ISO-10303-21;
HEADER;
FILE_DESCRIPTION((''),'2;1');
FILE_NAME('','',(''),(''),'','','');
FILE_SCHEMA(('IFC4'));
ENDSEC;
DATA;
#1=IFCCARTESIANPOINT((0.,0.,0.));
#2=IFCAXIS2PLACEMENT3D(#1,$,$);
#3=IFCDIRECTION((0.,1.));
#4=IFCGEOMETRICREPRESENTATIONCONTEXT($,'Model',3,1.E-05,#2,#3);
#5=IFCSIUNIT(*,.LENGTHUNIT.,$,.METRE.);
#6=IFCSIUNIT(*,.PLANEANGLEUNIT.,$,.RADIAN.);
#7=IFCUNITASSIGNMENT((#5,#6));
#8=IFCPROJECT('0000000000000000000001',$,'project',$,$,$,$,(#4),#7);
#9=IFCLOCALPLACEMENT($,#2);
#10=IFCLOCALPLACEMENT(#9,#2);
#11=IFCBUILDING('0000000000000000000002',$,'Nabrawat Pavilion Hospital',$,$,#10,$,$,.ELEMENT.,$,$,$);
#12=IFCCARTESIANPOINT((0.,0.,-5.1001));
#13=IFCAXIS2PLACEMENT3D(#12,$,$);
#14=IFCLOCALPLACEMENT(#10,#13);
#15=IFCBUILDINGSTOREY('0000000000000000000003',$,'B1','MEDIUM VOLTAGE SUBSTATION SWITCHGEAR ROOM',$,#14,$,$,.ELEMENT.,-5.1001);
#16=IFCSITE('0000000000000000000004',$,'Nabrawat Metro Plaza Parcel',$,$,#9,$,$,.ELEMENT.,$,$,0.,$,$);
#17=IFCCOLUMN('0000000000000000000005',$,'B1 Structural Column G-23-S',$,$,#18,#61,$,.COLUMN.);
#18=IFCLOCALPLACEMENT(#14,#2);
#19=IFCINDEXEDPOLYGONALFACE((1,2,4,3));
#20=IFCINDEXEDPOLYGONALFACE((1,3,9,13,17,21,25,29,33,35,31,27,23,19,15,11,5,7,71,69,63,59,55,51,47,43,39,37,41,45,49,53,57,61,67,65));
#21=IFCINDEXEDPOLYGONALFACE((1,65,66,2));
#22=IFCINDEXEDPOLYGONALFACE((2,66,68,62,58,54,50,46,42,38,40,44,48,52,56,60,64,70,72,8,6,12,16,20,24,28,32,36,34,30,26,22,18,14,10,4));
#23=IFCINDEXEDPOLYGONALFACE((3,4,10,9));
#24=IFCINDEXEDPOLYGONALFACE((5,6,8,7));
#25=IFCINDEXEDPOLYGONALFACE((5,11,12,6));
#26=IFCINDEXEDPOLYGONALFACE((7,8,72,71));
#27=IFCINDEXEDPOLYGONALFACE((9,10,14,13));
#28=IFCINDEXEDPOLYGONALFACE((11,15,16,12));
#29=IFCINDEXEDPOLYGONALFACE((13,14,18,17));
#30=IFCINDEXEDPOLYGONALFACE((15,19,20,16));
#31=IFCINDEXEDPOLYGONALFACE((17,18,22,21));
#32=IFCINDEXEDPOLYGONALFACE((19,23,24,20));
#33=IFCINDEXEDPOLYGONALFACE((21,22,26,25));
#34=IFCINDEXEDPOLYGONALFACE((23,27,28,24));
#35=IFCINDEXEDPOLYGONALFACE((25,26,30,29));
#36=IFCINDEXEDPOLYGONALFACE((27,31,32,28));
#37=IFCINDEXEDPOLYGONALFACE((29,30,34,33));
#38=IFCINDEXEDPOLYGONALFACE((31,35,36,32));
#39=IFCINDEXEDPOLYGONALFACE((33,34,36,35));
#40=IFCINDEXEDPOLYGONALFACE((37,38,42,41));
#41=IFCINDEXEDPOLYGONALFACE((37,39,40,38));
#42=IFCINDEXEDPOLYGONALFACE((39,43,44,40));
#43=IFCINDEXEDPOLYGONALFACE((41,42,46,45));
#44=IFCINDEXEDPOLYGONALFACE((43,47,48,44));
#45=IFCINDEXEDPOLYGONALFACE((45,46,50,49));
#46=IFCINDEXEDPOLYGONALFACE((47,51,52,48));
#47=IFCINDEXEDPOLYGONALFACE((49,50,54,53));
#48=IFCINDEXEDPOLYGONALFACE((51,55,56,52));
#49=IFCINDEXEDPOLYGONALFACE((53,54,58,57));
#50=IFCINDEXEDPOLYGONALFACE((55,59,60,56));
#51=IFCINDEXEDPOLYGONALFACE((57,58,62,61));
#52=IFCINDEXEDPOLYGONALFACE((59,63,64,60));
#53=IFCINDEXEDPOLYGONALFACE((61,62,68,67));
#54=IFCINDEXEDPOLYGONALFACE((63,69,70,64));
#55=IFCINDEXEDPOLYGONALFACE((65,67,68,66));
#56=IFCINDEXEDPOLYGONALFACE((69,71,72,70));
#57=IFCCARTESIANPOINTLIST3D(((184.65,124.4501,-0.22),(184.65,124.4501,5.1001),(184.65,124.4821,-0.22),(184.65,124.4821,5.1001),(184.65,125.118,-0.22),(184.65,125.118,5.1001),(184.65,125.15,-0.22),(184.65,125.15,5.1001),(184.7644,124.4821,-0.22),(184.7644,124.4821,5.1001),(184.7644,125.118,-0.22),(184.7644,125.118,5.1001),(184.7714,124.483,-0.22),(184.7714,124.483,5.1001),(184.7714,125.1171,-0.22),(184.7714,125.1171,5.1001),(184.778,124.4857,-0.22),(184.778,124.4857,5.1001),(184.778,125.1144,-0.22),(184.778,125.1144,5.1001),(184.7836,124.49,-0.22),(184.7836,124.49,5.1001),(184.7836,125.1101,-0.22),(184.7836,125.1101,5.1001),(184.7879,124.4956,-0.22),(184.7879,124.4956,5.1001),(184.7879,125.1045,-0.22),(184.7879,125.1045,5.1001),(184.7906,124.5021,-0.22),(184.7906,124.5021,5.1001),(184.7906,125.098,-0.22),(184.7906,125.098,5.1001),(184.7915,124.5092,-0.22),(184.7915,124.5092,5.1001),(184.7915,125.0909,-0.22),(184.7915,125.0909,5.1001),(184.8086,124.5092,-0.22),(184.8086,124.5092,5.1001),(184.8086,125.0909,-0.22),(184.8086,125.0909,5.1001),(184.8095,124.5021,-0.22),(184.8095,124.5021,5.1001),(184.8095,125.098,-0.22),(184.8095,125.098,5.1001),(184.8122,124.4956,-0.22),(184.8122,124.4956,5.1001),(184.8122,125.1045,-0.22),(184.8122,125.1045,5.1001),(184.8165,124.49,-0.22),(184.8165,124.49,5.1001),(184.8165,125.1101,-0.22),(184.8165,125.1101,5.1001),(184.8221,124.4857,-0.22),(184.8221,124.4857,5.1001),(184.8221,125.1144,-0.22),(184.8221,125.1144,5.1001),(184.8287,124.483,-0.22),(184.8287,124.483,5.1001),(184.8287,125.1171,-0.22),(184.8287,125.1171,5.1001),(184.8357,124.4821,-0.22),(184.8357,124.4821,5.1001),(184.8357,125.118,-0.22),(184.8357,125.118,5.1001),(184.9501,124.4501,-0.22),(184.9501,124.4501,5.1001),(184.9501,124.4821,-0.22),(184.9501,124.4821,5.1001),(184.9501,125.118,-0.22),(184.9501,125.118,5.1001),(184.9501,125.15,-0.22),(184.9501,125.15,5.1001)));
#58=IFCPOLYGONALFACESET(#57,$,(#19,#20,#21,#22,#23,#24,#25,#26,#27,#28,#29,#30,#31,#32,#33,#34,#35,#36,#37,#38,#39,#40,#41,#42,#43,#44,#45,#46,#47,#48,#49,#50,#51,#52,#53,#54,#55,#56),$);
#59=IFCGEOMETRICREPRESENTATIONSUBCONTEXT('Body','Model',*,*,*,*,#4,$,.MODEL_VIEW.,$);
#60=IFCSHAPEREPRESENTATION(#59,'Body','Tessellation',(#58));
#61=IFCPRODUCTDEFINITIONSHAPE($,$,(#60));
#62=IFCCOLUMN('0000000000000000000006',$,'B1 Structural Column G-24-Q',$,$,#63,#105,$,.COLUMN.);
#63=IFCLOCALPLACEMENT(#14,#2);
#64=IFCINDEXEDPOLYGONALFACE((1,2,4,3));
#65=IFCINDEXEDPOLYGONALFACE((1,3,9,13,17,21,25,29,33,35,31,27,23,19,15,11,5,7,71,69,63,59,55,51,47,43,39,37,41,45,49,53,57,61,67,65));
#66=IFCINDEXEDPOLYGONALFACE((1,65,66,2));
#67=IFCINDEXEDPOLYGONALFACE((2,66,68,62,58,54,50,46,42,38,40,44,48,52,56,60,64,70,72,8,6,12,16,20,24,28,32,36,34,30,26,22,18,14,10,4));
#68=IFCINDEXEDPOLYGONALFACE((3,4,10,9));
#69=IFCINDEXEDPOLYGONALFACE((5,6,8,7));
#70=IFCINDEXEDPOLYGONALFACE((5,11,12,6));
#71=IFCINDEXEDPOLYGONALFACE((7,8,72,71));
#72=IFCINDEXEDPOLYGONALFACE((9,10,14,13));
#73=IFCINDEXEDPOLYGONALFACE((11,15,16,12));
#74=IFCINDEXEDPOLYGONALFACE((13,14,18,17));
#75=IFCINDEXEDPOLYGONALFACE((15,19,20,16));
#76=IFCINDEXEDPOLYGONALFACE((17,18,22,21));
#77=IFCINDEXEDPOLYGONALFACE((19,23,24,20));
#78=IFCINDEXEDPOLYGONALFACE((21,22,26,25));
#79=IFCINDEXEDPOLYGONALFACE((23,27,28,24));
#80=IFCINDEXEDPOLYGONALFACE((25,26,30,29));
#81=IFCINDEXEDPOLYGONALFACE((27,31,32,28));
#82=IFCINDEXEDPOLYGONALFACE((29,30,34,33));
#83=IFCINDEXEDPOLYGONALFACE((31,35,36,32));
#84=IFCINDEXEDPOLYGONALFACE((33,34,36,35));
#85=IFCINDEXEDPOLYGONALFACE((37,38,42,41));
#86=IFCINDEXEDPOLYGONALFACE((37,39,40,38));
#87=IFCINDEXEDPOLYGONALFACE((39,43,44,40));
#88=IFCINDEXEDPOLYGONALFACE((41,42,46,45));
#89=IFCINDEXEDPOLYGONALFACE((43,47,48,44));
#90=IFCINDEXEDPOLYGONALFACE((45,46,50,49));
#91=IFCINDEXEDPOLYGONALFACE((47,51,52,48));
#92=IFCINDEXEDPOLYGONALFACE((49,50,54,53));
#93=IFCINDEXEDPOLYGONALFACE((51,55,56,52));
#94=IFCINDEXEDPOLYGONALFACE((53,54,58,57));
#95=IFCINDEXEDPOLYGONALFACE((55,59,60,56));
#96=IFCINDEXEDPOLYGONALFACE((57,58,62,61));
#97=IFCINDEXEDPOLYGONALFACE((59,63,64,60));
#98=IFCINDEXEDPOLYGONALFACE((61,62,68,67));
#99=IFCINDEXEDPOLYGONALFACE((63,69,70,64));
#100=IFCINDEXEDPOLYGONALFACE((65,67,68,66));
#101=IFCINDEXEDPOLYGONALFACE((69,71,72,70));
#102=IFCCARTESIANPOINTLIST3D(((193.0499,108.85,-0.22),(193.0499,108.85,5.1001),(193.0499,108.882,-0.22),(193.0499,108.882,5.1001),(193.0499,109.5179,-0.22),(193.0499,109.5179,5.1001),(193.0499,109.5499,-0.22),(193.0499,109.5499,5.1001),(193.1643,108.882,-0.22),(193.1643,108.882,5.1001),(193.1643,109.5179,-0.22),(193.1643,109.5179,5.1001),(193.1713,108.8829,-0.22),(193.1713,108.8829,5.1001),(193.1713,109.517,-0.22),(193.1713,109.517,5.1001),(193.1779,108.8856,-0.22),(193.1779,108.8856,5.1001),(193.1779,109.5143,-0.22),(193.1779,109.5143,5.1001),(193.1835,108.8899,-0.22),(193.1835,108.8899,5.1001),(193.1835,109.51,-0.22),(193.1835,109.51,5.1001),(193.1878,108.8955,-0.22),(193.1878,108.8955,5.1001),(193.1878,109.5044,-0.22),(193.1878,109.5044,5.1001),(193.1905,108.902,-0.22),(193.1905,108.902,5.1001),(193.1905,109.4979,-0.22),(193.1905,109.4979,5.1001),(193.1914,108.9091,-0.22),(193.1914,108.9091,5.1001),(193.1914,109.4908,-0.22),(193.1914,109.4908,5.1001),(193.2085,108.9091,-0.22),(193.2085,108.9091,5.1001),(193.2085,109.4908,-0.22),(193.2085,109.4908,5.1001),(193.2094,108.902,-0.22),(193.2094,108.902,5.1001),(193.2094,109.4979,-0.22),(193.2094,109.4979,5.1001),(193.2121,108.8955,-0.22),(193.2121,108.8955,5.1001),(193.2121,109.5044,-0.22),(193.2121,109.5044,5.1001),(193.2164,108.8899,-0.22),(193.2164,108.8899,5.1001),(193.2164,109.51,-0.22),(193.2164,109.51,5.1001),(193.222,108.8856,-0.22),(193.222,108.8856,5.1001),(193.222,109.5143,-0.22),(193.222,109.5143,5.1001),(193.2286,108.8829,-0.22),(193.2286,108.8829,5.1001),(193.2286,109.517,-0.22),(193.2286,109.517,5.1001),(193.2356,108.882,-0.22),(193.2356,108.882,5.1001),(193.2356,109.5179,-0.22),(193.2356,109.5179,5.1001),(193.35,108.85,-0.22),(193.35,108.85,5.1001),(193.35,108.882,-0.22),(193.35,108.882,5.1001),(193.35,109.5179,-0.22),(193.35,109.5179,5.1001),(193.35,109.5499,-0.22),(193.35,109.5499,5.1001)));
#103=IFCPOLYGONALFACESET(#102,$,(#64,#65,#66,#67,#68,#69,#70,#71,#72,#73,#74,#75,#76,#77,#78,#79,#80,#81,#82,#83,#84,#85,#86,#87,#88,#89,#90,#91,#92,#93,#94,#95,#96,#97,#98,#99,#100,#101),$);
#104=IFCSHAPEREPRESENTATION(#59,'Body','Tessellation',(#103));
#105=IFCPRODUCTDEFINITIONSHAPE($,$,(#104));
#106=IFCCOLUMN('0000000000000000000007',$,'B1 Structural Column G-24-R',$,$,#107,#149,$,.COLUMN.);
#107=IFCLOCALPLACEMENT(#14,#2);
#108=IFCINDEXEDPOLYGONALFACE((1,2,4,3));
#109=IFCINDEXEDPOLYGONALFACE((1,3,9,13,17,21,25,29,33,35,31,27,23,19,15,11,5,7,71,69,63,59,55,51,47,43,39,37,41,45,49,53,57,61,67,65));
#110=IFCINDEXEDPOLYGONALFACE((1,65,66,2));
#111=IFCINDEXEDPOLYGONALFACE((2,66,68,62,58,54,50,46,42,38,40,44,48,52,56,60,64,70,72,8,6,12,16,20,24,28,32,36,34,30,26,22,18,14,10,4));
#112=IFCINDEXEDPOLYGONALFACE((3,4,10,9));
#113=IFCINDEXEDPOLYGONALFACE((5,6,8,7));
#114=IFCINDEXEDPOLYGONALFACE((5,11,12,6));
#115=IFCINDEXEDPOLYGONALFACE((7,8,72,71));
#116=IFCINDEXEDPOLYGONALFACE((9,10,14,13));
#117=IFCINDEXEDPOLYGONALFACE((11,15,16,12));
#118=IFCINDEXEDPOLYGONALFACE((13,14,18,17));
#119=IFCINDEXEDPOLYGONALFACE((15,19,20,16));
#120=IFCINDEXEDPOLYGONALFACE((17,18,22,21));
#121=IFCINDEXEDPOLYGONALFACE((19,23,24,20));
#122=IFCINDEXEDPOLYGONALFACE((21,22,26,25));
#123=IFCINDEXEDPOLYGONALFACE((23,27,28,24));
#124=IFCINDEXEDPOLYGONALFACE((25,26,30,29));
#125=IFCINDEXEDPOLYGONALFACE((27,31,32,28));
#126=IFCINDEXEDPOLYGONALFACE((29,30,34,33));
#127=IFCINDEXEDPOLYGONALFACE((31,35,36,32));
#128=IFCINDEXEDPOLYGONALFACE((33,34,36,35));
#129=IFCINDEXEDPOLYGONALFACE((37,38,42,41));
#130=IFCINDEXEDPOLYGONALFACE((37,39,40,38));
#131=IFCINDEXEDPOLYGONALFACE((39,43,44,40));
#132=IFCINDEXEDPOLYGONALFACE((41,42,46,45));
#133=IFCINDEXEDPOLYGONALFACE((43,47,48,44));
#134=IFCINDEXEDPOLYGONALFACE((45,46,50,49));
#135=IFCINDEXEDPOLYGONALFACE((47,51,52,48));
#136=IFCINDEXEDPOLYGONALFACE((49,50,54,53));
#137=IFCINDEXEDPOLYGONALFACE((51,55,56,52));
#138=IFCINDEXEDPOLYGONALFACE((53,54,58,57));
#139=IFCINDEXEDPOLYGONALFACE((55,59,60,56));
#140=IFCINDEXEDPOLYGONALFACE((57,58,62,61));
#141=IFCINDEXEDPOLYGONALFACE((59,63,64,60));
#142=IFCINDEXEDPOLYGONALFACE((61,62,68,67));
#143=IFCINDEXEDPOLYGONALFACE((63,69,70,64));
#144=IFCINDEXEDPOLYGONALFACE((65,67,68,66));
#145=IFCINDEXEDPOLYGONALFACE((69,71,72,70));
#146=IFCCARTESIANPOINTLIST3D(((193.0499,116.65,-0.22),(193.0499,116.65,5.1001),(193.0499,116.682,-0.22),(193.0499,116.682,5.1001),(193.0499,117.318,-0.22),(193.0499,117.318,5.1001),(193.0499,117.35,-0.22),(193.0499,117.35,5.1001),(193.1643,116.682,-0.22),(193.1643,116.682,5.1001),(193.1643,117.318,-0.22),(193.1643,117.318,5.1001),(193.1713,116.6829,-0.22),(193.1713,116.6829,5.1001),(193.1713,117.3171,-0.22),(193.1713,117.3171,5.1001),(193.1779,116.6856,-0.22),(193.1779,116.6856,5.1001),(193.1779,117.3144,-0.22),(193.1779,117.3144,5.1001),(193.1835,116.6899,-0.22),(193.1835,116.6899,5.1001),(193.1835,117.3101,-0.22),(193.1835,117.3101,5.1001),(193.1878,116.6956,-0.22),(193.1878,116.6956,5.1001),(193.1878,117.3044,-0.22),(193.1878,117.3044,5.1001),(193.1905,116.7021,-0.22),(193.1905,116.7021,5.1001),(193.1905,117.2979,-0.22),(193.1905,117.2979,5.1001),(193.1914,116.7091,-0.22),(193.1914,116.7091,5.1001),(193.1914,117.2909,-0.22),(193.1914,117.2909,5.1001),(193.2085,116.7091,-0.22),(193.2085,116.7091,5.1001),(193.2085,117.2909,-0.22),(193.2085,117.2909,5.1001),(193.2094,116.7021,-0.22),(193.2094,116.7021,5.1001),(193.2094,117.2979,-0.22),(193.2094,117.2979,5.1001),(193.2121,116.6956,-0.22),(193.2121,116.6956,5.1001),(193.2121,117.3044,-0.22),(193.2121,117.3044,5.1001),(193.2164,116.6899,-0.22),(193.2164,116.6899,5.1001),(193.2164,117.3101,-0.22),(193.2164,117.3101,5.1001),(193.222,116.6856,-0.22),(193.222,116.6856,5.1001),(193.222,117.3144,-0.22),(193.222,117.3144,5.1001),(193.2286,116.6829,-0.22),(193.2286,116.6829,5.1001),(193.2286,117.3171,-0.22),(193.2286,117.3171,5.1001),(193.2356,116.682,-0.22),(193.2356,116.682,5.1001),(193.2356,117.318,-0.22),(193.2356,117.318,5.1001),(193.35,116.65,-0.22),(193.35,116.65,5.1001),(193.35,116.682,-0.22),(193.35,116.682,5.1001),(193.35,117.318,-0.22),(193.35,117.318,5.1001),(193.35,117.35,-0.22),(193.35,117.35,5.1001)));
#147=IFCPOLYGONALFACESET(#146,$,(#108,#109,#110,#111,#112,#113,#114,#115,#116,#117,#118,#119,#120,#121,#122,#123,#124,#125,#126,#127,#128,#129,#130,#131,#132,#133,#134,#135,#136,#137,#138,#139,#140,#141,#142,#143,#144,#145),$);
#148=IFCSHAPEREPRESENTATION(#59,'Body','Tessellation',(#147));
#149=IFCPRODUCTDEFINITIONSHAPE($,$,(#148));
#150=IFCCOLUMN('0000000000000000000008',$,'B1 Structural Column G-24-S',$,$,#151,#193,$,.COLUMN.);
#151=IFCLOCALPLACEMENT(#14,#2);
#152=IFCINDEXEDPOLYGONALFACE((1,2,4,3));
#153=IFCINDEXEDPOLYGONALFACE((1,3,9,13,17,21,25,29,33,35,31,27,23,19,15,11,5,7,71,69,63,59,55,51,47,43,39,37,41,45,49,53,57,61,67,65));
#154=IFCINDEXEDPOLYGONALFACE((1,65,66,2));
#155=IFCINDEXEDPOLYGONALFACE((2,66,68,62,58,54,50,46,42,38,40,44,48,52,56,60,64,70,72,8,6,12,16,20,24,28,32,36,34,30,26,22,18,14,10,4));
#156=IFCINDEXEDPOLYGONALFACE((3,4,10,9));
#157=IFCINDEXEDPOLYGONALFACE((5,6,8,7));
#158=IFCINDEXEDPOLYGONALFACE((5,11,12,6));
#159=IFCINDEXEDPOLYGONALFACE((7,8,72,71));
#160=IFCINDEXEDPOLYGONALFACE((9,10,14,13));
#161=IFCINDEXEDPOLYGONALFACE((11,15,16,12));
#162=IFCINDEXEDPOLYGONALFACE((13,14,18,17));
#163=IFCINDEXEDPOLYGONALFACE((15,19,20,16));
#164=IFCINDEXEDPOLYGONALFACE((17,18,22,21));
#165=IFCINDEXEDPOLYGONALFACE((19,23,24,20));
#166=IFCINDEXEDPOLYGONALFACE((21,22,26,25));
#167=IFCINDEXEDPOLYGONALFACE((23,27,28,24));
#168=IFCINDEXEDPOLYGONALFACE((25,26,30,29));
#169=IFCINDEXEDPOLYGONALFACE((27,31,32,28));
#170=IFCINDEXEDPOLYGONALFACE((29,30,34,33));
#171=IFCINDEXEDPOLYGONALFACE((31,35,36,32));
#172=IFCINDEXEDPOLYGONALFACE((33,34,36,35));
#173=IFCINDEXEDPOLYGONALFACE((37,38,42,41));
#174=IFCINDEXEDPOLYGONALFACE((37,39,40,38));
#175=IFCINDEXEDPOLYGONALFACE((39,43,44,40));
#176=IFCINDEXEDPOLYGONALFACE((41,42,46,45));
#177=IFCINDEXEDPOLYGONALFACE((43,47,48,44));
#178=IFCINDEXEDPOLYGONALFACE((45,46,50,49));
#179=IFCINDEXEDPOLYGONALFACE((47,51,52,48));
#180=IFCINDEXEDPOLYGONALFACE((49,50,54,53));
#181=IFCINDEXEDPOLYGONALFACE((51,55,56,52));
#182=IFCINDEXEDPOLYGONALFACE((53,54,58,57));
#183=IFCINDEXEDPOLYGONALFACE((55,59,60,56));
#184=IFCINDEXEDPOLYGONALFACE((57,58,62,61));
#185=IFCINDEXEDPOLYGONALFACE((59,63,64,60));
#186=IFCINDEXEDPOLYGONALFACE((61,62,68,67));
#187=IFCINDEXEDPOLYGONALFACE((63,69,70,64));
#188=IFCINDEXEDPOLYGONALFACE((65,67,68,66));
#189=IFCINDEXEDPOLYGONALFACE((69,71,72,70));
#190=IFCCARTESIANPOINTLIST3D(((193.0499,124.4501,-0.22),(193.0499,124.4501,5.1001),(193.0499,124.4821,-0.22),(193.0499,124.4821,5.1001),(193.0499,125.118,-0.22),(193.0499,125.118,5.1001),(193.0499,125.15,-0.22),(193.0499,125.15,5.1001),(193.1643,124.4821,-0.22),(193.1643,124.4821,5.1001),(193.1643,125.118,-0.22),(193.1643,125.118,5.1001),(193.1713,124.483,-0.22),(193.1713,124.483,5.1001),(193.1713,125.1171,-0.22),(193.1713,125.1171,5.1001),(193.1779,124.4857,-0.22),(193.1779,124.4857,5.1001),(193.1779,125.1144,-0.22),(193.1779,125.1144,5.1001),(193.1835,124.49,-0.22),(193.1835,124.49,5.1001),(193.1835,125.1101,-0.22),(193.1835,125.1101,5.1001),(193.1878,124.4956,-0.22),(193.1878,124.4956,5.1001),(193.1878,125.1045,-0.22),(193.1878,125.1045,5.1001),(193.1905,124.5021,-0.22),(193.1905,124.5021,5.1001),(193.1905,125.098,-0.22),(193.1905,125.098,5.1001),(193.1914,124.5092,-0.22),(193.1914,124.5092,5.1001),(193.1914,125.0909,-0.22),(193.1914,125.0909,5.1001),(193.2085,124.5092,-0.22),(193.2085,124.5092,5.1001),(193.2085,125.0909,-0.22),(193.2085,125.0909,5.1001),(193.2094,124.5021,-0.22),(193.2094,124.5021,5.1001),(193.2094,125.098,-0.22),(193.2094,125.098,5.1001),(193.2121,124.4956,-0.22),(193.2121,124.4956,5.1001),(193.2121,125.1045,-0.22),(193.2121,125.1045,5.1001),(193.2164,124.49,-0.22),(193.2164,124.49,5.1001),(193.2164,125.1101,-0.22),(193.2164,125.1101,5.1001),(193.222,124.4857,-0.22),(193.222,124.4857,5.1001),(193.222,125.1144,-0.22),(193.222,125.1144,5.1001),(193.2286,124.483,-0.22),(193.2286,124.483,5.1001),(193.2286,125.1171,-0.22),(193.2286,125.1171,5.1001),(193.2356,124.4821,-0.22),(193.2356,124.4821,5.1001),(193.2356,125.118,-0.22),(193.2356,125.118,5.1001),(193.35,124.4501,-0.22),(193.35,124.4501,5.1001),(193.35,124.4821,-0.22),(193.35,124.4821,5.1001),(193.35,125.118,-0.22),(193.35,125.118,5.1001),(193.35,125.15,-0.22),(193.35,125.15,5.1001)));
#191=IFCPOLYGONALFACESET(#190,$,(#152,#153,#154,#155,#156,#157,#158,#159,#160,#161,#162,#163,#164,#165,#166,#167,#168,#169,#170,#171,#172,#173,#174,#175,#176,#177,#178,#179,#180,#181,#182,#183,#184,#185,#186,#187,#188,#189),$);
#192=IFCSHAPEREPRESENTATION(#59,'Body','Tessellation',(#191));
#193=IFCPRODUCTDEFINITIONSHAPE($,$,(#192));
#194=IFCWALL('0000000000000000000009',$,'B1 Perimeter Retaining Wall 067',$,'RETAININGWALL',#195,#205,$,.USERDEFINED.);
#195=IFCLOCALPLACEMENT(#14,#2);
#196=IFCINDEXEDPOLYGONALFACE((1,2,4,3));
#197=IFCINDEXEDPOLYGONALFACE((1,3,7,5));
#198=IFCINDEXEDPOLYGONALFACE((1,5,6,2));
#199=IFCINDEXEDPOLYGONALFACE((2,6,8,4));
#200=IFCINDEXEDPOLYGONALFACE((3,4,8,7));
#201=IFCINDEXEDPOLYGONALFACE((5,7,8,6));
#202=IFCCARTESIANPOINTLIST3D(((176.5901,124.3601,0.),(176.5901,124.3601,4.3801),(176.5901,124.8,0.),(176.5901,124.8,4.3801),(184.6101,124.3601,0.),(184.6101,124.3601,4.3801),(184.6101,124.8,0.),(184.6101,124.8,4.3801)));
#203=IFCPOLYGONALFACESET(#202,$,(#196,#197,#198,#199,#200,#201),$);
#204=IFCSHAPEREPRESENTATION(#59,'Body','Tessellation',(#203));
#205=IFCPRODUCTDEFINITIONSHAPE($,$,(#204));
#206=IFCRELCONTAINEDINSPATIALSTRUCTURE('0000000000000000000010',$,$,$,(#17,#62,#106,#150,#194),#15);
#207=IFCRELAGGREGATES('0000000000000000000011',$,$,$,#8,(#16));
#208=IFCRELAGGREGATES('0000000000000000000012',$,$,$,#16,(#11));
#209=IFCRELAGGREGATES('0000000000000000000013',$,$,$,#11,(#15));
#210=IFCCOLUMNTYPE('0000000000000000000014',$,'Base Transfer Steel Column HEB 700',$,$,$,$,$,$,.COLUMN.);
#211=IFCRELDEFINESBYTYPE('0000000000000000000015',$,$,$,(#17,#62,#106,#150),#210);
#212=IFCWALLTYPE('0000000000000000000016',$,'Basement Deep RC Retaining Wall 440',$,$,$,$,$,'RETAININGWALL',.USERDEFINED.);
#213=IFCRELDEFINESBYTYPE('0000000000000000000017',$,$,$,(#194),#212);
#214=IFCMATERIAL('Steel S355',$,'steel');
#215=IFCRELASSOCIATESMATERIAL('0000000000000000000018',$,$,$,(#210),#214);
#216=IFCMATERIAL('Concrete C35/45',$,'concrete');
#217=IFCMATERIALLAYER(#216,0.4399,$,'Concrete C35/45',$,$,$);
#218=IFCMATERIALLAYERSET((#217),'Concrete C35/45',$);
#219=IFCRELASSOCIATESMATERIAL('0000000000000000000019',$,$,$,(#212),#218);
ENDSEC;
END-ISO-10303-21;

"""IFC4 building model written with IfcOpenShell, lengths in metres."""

from ifc_helpers import new_model, si_unit, direction, frame, frame_2d, origin, origin_2d, place, context, subcontext, project, spatial, rectangle, i_section, extrude, material, layer, layer_set, material_profile, profile_set, type_object, element, save


model = new_model("IFC4")

# Units and contexts
model_context = context("Model", 3, precision=1e-05, world=origin(), true_north=direction((0.0, 1.0)))
body_context = subcontext(model_context, "Body", "Model", "MODEL_VIEW")
ifc_project = project(units=[si_unit("LENGTHUNIT", "METRE"), si_unit("PLANEANGLEUNIT", "RADIAN")], contexts=[model_context])

# Site, building, storey
site_placement = place(None, origin())
site = spatial("IfcSite", under=ifc_project, at=site_placement, Name="Nabrawat Metro Plaza Parcel", CompositionType="ELEMENT", RefElevation=0.0)
building_placement = place(site_placement, origin())
building = spatial("IfcBuilding", under=site, at=building_placement, Name="Nabrawat Pavilion Hospital", CompositionType="ELEMENT")
storey_placement = place(building_placement, frame((0.0, 0.0, -5.1001)))
storey = spatial("IfcBuildingStorey", under=building, at=storey_placement, Name="B1", Description="MEDIUM VOLTAGE SUBSTATION SWITCHGEAR ROOM", CompositionType="ELEMENT", Elevation=-5.1001)

# Shared definitions
ifc_material_1 = material(Name="Concrete C35/45", Category="concrete")

# Columns
ifc_material_2 = material(Name="Steel S355", Category="steel")
ifc_material_profile_1 = material_profile(ifc_material_2, i_section(OverallWidth=0.3, OverallDepth=0.7, WebThickness=0.0171, FlangeThickness=0.032, FilletRadius=0.0271, at=origin_2d()), Name="HEB 700")
ifc_profile_set_1 = profile_set([ifc_material_profile_1], Name="Steel S355")
column_type = type_object("IfcColumnType", Name="Base Transfer Steel Column HEB 700", PredefinedType="COLUMN", material=ifc_profile_set_1)
for number, where, z_axis, x_axis, name in (
    (1, (184.8, 124.8, -0.22), (0.0, 0.0, 1.0), (1.0, 0.0, 0.0), "B1 Structural Column G-23-S"),
    (2, (193.2, 109.2, -0.22), (0.0, 0.0, 1.0), (1.0, 0.0, 0.0), "B1 Structural Column G-24-Q"),
    (3, (193.2, 117.0, -0.22), (0.0, 0.0, 1.0), (1.0, 0.0, 0.0), "B1 Structural Column G-24-R"),
    (4, (193.2, 124.8, -0.22), (0.0, 0.0, 1.0), (1.0, 0.0, 0.0), "B1 Structural Column G-24-S"),
):
    element("IfcColumn", number, at=place(storey_placement, frame(where, z_axis=z_axis, x_axis=x_axis)), inside=storey, type_object=column_type, Name=name, PredefinedType="COLUMN", context=body_context, shape_type="SweptSolid", body=[
        extrude(i_section(OverallWidth=0.3, OverallDepth=0.7, WebThickness=0.0171, FlangeThickness=0.032, FilletRadius=0.0271, at=origin_2d()), origin(), (0.0, 0.0, 1.0), 5.3201),
    ])

# Wall
ifc_layer = layer(ifc_material_1, 0.4399, Name="Concrete C35/45")
ifc_layer_set = layer_set([ifc_layer], Name="Concrete C35/45")
wall_type = type_object("IfcWallType", Name="Basement Deep RC Retaining Wall 440", ElementType="RETAININGWALL", PredefinedType="USERDEFINED", material=ifc_layer_set)
for number, where, z_axis, x_axis, name in (
    (5, (176.5901, 124.5801, 0.0), (0.0, 0.0, 1.0), (1.0, 0.0, 0.0), "B1 Perimeter Retaining Wall 067"),
):
    element("IfcWall", number, at=place(storey_placement, frame(where, z_axis=z_axis, x_axis=x_axis)), inside=storey, type_object=wall_type, Name=name, ObjectType="RETAININGWALL", PredefinedType="USERDEFINED", context=body_context, shape_type="SweptSolid", body=[
        extrude(rectangle(XDim=8.02, YDim=0.4399, at=frame_2d((4.01, 0.0))), origin(), (0.0, 0.0, 1.0), 4.3801),
    ])

save(model, "model.ifc")
